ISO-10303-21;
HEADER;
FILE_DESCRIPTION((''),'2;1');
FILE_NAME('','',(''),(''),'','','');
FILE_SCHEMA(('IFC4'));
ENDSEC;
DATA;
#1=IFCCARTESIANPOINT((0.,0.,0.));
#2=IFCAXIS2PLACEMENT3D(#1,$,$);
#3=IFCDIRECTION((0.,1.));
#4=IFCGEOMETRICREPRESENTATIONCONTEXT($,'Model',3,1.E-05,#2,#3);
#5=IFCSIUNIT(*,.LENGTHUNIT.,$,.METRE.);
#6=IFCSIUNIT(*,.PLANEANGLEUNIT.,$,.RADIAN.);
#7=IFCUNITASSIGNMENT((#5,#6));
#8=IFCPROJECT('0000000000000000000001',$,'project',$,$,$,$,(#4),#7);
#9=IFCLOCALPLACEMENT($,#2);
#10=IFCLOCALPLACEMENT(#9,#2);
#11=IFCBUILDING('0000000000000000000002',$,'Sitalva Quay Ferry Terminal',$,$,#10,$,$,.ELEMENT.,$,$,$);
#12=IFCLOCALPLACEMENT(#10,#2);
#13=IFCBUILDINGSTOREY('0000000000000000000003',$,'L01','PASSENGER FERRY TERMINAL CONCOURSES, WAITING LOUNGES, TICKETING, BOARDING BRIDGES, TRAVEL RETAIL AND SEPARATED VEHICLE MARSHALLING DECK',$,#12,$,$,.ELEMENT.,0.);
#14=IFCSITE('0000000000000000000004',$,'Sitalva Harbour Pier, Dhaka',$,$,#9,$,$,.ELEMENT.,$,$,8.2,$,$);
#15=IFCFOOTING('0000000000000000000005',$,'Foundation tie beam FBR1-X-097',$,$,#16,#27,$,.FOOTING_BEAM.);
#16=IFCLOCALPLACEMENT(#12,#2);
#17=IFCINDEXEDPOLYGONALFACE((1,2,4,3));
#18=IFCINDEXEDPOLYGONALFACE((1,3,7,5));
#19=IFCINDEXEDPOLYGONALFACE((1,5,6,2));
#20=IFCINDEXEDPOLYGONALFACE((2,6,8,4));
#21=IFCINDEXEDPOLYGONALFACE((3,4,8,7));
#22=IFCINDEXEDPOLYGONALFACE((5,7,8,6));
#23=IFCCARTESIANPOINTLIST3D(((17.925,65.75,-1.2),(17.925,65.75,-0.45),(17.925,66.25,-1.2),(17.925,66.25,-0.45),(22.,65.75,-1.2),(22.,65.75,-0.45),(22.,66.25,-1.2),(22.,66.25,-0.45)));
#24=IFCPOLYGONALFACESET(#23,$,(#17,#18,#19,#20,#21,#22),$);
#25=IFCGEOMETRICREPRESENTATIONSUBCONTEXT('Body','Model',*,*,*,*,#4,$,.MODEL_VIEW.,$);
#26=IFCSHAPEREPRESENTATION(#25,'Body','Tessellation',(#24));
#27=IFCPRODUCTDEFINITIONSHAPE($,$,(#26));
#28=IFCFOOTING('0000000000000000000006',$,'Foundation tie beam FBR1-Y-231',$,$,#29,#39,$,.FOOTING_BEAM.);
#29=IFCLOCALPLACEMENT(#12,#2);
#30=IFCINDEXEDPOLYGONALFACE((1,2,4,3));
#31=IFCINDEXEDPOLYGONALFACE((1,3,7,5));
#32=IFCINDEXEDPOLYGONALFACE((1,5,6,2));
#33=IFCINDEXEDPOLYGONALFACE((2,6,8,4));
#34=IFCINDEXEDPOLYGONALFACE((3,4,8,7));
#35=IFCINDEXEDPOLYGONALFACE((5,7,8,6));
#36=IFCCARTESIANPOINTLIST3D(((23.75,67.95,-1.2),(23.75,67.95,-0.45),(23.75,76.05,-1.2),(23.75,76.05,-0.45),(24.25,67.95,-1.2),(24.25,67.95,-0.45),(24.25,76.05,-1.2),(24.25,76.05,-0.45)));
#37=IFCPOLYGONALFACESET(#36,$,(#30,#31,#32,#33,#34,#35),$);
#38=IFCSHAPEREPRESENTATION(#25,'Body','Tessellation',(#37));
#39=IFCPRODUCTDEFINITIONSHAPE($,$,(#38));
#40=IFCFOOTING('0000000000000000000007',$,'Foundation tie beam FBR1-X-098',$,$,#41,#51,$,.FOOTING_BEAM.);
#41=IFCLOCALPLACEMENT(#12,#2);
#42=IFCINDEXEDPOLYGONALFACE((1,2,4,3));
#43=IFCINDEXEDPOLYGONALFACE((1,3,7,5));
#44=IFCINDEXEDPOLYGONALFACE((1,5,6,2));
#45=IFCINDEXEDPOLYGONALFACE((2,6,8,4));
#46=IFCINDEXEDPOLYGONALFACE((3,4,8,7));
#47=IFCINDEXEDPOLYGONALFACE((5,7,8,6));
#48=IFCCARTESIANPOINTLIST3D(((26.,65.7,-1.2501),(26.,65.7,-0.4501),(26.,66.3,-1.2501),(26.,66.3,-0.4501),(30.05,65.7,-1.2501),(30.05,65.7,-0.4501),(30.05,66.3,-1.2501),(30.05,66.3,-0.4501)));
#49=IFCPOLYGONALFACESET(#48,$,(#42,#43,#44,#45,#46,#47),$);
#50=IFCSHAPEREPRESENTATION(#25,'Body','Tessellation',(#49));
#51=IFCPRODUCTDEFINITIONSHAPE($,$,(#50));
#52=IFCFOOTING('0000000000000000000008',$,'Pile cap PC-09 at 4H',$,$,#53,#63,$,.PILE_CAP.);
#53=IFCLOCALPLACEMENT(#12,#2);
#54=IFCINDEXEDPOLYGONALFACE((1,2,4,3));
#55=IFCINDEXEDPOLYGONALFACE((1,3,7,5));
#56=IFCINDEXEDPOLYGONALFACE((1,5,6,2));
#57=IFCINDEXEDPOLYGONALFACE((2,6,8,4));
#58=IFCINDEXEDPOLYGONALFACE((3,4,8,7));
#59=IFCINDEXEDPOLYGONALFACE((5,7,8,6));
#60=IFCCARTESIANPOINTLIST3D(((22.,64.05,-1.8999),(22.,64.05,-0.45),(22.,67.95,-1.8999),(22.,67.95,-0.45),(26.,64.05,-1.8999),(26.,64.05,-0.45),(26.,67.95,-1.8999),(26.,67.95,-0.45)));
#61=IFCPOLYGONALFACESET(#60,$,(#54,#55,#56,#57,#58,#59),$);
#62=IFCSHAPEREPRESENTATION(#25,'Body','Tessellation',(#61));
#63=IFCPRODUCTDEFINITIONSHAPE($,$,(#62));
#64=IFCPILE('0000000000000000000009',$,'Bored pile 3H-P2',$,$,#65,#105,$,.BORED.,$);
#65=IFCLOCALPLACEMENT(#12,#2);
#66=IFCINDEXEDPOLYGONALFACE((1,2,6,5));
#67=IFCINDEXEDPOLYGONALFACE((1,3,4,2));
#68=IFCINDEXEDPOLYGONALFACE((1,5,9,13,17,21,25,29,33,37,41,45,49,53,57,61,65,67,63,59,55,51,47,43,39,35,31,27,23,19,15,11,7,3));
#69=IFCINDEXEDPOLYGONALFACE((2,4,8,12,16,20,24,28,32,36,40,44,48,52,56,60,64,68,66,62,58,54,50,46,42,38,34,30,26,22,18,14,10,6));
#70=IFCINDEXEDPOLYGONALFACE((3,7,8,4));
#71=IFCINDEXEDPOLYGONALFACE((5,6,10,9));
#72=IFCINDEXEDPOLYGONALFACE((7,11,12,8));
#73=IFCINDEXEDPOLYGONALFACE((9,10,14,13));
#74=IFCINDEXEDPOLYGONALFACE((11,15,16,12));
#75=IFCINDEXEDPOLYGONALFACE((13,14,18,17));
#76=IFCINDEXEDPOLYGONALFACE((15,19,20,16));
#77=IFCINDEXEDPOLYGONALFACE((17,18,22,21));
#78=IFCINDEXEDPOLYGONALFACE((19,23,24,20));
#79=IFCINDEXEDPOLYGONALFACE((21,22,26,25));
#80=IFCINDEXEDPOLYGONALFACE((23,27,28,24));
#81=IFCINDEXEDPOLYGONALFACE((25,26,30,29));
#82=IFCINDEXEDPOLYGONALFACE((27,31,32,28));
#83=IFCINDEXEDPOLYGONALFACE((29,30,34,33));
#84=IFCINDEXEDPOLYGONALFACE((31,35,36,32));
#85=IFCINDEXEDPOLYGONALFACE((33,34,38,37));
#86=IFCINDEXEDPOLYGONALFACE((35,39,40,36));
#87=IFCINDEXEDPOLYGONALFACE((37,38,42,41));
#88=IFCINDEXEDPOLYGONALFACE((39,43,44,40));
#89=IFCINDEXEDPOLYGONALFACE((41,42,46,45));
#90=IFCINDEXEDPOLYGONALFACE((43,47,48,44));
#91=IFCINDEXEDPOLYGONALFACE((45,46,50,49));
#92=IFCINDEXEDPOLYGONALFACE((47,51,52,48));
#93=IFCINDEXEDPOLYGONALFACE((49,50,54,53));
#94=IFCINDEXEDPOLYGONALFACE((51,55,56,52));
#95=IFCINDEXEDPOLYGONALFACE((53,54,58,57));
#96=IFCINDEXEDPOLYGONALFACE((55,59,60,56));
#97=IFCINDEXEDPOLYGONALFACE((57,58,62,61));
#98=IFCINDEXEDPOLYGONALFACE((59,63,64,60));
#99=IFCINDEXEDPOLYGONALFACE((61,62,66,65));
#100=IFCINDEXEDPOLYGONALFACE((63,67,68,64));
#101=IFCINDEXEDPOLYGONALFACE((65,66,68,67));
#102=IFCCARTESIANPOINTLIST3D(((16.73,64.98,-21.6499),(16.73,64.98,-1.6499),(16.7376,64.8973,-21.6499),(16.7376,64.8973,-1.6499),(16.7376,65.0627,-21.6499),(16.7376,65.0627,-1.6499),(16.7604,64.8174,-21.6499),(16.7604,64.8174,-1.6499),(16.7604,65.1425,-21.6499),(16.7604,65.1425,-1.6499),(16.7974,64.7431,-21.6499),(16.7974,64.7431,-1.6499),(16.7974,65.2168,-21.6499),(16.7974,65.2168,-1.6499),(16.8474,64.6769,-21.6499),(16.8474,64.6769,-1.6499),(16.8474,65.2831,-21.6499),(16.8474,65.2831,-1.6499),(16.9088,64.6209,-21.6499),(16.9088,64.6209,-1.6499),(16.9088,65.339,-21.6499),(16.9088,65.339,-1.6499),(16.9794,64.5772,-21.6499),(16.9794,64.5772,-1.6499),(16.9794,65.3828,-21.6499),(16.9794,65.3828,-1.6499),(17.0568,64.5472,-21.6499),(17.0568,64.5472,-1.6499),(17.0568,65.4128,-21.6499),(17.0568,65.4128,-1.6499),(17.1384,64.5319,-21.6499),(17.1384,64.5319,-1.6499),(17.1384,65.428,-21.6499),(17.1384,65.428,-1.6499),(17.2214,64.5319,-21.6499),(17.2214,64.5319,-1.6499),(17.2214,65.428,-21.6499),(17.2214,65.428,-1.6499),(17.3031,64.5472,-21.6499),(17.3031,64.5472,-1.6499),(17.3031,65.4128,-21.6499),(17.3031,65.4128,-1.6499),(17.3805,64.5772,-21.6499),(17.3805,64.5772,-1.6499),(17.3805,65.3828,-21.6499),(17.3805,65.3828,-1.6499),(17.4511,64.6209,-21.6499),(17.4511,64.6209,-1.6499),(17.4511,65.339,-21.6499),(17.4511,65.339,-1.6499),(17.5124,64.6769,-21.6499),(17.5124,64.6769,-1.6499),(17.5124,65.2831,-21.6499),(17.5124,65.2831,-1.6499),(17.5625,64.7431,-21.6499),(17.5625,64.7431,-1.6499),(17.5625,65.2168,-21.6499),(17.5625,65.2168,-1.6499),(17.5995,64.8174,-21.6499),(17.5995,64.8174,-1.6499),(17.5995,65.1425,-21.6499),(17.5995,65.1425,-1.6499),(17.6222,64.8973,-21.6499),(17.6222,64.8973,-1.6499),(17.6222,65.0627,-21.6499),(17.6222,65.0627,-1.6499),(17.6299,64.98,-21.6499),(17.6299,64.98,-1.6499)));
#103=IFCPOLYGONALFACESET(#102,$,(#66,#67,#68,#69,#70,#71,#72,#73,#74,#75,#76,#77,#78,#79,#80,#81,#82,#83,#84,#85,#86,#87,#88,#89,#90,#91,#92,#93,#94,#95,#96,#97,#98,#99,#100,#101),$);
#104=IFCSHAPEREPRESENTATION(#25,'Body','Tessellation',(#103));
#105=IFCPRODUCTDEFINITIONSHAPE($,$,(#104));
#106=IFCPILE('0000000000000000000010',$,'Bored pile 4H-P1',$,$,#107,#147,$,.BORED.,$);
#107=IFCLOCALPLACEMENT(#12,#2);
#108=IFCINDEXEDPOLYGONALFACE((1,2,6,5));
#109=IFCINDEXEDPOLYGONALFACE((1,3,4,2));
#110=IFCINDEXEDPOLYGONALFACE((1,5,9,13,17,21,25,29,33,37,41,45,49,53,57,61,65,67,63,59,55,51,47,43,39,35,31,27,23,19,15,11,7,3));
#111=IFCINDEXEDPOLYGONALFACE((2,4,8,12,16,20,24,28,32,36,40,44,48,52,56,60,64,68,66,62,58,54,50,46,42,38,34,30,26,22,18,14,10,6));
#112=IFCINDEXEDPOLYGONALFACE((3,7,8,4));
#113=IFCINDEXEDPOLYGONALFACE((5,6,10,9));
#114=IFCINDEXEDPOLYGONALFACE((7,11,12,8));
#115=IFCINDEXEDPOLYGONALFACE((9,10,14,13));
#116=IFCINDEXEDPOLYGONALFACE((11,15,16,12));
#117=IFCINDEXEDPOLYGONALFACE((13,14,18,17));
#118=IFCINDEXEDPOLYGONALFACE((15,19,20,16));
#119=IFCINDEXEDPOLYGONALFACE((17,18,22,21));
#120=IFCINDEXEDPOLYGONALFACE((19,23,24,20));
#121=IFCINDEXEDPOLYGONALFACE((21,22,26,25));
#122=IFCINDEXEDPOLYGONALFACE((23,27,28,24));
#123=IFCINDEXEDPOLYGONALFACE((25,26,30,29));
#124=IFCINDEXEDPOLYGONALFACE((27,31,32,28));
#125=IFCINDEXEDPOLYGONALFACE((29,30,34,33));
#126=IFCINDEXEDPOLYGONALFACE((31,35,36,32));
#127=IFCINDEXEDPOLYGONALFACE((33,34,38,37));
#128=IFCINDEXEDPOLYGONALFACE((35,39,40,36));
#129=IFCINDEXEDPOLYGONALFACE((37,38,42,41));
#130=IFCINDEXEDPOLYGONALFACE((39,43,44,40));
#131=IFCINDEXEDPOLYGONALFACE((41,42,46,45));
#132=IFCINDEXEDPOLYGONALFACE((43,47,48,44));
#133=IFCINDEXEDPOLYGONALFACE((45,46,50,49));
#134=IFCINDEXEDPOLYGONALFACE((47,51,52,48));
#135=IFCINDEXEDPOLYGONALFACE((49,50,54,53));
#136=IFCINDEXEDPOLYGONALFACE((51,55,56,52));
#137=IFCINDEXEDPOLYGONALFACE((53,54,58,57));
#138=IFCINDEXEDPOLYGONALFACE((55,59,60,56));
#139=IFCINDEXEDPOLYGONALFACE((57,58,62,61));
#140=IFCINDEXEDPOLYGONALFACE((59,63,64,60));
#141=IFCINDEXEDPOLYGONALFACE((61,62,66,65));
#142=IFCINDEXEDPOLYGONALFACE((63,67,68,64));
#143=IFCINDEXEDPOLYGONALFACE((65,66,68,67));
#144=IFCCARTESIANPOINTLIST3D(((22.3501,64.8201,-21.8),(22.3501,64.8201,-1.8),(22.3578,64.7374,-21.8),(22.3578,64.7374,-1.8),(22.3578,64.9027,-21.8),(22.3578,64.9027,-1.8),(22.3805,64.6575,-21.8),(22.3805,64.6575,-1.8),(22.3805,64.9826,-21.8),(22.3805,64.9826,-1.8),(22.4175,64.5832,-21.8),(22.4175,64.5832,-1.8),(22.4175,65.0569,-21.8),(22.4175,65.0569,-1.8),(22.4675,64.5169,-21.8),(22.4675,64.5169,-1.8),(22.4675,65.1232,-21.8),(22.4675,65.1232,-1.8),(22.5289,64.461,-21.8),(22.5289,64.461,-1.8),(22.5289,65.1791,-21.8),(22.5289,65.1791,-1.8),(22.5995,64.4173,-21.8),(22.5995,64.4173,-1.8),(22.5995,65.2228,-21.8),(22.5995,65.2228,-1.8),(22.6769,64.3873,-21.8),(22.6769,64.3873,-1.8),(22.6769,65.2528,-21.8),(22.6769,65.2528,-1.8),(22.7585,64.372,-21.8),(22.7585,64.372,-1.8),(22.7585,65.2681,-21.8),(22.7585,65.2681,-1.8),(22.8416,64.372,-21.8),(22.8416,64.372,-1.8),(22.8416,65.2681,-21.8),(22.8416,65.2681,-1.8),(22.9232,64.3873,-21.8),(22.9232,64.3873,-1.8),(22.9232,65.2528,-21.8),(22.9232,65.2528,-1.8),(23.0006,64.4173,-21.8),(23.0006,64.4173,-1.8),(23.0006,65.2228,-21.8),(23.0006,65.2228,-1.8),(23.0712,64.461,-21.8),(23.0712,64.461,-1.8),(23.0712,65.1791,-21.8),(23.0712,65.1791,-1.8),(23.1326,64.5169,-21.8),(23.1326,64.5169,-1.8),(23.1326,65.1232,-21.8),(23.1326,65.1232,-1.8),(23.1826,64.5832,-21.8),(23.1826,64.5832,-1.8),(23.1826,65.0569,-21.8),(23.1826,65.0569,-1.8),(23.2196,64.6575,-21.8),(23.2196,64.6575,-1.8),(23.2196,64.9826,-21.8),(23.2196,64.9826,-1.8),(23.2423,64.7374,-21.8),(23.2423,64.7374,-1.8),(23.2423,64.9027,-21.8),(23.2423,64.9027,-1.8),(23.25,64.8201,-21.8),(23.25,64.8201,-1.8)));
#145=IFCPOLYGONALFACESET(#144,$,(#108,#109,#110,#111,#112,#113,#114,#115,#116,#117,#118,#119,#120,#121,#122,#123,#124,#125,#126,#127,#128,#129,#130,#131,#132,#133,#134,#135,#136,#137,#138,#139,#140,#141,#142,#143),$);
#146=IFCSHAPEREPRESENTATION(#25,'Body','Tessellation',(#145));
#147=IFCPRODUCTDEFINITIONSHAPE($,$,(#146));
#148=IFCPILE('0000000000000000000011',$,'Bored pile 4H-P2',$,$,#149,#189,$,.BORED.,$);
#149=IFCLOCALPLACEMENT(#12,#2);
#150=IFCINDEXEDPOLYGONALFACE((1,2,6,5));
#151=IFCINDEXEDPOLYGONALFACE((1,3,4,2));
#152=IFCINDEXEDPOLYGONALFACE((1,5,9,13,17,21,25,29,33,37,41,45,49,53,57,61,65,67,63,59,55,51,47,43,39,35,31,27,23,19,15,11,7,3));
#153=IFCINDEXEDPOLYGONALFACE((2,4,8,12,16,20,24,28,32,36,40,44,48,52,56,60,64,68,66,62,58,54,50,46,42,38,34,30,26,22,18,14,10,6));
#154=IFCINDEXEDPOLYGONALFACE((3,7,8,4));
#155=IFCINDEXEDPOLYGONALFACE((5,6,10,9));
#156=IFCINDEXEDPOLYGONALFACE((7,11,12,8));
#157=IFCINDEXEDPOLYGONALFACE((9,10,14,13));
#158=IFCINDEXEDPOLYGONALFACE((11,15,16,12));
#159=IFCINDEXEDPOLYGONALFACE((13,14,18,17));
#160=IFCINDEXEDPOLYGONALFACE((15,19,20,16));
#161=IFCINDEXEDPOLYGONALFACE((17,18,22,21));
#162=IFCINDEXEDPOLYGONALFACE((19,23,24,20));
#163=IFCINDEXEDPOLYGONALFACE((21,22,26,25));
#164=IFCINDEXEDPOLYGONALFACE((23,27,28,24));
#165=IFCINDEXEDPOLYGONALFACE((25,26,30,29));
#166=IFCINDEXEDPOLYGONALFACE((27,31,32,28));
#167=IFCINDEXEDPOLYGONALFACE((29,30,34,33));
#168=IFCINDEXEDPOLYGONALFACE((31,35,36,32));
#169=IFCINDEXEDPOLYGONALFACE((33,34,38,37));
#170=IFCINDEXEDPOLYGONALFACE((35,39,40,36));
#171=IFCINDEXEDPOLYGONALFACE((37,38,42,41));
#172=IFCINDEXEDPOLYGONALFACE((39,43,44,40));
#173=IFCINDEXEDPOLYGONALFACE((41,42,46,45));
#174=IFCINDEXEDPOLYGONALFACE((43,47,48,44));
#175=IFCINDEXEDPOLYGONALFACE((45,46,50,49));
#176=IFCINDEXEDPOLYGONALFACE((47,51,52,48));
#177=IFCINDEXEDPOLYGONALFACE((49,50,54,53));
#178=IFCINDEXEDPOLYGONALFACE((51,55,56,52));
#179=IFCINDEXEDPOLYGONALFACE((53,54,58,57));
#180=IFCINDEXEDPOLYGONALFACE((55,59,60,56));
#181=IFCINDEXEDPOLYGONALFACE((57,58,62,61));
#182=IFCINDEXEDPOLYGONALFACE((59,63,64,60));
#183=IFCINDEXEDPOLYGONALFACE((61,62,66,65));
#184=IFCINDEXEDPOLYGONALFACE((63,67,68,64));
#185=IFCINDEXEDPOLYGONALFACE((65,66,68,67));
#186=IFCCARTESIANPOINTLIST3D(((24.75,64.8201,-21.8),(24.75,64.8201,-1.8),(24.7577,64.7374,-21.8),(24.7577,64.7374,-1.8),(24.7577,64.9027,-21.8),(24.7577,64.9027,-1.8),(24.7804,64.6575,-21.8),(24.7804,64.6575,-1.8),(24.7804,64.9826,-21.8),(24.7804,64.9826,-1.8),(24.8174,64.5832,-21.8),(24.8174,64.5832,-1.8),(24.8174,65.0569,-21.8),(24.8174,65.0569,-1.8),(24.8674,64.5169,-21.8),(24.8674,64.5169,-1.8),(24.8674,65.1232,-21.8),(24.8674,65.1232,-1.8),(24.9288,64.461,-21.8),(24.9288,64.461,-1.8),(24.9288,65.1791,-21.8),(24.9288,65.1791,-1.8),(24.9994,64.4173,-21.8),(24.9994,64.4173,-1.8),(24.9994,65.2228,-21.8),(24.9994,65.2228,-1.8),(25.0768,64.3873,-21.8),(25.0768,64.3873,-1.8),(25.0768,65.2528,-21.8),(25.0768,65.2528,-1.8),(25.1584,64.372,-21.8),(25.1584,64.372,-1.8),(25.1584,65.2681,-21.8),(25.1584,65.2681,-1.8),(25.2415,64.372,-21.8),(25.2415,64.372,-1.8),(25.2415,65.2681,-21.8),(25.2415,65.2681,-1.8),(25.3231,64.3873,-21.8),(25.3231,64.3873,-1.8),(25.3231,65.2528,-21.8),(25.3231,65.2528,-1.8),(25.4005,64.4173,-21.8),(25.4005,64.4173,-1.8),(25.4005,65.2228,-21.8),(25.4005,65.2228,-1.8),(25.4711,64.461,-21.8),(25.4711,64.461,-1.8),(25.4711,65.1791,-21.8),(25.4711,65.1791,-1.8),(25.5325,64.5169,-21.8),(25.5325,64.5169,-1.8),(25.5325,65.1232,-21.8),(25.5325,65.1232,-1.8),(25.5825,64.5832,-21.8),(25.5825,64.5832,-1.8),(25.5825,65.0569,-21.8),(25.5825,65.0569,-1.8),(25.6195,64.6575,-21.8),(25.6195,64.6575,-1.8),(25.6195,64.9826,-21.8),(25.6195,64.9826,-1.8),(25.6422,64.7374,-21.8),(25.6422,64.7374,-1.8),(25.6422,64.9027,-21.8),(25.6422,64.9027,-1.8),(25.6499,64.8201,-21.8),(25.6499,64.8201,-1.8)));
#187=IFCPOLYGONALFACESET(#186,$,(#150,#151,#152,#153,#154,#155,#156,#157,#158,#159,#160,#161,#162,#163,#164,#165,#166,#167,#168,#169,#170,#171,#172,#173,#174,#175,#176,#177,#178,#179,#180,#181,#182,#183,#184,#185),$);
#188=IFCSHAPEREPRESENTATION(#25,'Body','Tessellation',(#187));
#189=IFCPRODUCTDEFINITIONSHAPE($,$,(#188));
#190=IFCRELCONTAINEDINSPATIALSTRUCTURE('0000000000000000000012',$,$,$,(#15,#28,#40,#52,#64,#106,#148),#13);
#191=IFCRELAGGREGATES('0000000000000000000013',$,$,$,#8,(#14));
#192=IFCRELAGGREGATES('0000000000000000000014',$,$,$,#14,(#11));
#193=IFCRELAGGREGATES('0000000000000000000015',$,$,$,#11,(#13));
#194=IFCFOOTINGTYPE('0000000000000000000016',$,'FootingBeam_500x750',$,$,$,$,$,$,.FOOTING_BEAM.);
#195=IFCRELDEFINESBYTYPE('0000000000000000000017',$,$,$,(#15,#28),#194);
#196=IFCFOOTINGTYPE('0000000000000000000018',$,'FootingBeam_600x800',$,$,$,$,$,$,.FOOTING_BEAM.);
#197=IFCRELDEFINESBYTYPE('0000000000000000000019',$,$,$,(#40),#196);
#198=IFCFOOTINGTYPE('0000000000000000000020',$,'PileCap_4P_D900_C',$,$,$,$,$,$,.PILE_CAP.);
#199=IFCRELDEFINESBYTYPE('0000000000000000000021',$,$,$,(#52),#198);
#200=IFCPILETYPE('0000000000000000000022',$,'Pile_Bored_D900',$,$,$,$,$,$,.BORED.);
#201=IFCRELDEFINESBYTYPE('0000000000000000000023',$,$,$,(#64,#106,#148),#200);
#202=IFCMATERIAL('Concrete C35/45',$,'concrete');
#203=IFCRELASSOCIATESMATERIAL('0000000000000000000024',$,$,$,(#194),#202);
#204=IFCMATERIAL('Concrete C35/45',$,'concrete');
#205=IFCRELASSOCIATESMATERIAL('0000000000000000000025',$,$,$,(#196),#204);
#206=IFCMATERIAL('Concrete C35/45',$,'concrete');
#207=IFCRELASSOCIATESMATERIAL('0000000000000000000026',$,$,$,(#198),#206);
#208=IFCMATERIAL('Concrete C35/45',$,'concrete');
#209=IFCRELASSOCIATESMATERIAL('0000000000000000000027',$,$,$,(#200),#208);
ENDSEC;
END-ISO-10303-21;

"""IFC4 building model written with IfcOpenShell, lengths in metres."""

from ifc_helpers import new_model, si_unit, direction, frame, origin, origin_2d, place, context, subcontext, project, spatial, rectangle, circle, extrude, material, material_profile, profile_set, type_object, element, save


model = new_model("IFC4")

# Units and contexts
model_context = context("Model", 3, precision=1e-05, world=origin(), true_north=direction((0.0, 1.0)))
body_context = subcontext(model_context, "Body", "Model", "MODEL_VIEW")
ifc_project = project(units=[si_unit("LENGTHUNIT", "METRE"), si_unit("PLANEANGLEUNIT", "RADIAN")], contexts=[model_context])

# Site, building, storey
site_placement = place(None, origin())
site = spatial("IfcSite", under=ifc_project, at=site_placement, Name="Sitalva Harbour Pier, Dhaka", CompositionType="ELEMENT", RefElevation=8.2)
building_placement = place(site_placement, origin())
building = spatial("IfcBuilding", under=site, at=building_placement, Name="Sitalva Quay Ferry Terminal", CompositionType="ELEMENT")
storey_placement = place(building_placement, origin())
storey = spatial("IfcBuildingStorey", under=building, at=storey_placement, Name="L01", Description="PASSENGER FERRY TERMINAL CONCOURSES, WAITING LOUNGES, TICKETING, BOARDING BRIDGES, TRAVEL RETAIL AND SEPARATED VEHICLE MARSHALLING DECK", CompositionType="ELEMENT", Elevation=0.0)

# Footings
ifc_material_1 = material(Name="Concrete C35/45", Category="concrete")
ifc_material_profile_1 = material_profile(ifc_material_1, rectangle(XDim=0.5, YDim=0.75, at=origin_2d()), Name="RC500x750")
ifc_profile_set_1 = profile_set([ifc_material_profile_1], Name="Concrete C35/45")
footing_type_1 = type_object("IfcFootingType", Name="FootingBeam_500x750", PredefinedType="FOOTING_BEAM", material=ifc_profile_set_1)
footing_1_placement = place(storey_placement, frame((17.925, 66.0, -0.825), z_axis=(1.0, 0.0, 0.0), x_axis=(0.0, 1.0, 0.0)))
element("IfcFooting", 1, at=footing_1_placement, inside=storey, type_object=footing_type_1, Name="Foundation tie beam FBR1-X-097", PredefinedType="FOOTING_BEAM", context=body_context, shape_type="SweptSolid", body=[
    extrude(rectangle(XDim=0.5, YDim=0.75, at=origin_2d()), origin(), (0.0, 0.0, 1.0), 4.075),
])
footing_2_placement = place(storey_placement, frame((24.0, 67.95, -0.825), z_axis=(0.0, 1.0, 0.0), x_axis=(-1.0, 0.0, 0.0)))
element("IfcFooting", 2, at=footing_2_placement, inside=storey, type_object=footing_type_1, Name="Foundation tie beam FBR1-Y-231", PredefinedType="FOOTING_BEAM", context=body_context, shape_type="SweptSolid", body=[
    extrude(rectangle(XDim=0.5, YDim=0.75, at=origin_2d()), origin(), (0.0, 0.0, 1.0), 8.1001),
])
ifc_material_2 = material(Name="Concrete C35/45", Category="concrete")
ifc_material_profile_2 = material_profile(ifc_material_2, rectangle(XDim=0.6001, YDim=0.8, at=origin_2d()), Name="RC600x800")
ifc_profile_set_2 = profile_set([ifc_material_profile_2], Name="Concrete C35/45")
footing_type_2 = type_object("IfcFootingType", Name="FootingBeam_600x800", PredefinedType="FOOTING_BEAM", material=ifc_profile_set_2)
footing_3_placement = place(storey_placement, frame((26.0, 66.0, -0.8501), z_axis=(1.0, 0.0, 0.0), x_axis=(0.0, 1.0, 0.0)))
element("IfcFooting", 3, at=footing_3_placement, inside=storey, type_object=footing_type_2, Name="Foundation tie beam FBR1-X-098", PredefinedType="FOOTING_BEAM", context=body_context, shape_type="SweptSolid", body=[
    extrude(rectangle(XDim=0.6001, YDim=0.8, at=origin_2d()), origin(), (0.0, 0.0, 1.0), 4.05),
])
ifc_material_3 = material(Name="Concrete C35/45", Category="concrete")
footing_type_3 = type_object("IfcFootingType", Name="PileCap_4P_D900_C", PredefinedType="PILE_CAP", material=ifc_material_3)
footing_4_placement = place(storey_placement, frame((24.0, 66.0, -1.8999), z_axis=(0.0, 0.0, 1.0), x_axis=(1.0, 0.0, 0.0)))
element("IfcFooting", 4, at=footing_4_placement, inside=storey, type_object=footing_type_3, Name="Pile cap PC-09 at 4H", PredefinedType="PILE_CAP", context=body_context, shape_type="SweptSolid", body=[
    extrude(rectangle(XDim=4.0, YDim=3.8999, at=origin_2d()), origin(), (0.0, 0.0, 1.0), 1.45),
])

# Piles
ifc_material_4 = material(Name="Concrete C35/45", Category="concrete")
ifc_material_profile_3 = material_profile(ifc_material_4, circle(Radius=0.45, at=origin_2d()), Name="PILE-D900")
ifc_profile_set_3 = profile_set([ifc_material_profile_3], Name="Concrete C35/45")
pile_type = type_object("IfcPileType", Name="Pile_Bored_D900", PredefinedType="BORED", material=ifc_profile_set_3)
for number, where, z_axis, x_axis, name in (
    (5, (17.1799, 64.98, -1.6499), (0.0, 0.0, -1.0), (1.0, 0.0, 0.0), "Bored pile 3H-P2"),
    (6, (22.8, 64.8201, -1.8), (0.0, 0.0, -1.0), (1.0, 0.0, 0.0), "Bored pile 4H-P1"),
    (7, (25.2, 64.8201, -1.8), (0.0, 0.0, -1.0), (1.0, 0.0, 0.0), "Bored pile 4H-P2"),
):
    element("IfcPile", number, at=place(storey_placement, frame(where, z_axis=z_axis, x_axis=x_axis)), inside=storey, type_object=pile_type, Name=name, PredefinedType="BORED", context=body_context, shape_type="SweptSolid", body=[
        extrude(circle(Radius=0.45, at=origin_2d()), origin(), (0.0, 0.0, 1.0), 20.0),
    ])

save(model, "model.ifc")
